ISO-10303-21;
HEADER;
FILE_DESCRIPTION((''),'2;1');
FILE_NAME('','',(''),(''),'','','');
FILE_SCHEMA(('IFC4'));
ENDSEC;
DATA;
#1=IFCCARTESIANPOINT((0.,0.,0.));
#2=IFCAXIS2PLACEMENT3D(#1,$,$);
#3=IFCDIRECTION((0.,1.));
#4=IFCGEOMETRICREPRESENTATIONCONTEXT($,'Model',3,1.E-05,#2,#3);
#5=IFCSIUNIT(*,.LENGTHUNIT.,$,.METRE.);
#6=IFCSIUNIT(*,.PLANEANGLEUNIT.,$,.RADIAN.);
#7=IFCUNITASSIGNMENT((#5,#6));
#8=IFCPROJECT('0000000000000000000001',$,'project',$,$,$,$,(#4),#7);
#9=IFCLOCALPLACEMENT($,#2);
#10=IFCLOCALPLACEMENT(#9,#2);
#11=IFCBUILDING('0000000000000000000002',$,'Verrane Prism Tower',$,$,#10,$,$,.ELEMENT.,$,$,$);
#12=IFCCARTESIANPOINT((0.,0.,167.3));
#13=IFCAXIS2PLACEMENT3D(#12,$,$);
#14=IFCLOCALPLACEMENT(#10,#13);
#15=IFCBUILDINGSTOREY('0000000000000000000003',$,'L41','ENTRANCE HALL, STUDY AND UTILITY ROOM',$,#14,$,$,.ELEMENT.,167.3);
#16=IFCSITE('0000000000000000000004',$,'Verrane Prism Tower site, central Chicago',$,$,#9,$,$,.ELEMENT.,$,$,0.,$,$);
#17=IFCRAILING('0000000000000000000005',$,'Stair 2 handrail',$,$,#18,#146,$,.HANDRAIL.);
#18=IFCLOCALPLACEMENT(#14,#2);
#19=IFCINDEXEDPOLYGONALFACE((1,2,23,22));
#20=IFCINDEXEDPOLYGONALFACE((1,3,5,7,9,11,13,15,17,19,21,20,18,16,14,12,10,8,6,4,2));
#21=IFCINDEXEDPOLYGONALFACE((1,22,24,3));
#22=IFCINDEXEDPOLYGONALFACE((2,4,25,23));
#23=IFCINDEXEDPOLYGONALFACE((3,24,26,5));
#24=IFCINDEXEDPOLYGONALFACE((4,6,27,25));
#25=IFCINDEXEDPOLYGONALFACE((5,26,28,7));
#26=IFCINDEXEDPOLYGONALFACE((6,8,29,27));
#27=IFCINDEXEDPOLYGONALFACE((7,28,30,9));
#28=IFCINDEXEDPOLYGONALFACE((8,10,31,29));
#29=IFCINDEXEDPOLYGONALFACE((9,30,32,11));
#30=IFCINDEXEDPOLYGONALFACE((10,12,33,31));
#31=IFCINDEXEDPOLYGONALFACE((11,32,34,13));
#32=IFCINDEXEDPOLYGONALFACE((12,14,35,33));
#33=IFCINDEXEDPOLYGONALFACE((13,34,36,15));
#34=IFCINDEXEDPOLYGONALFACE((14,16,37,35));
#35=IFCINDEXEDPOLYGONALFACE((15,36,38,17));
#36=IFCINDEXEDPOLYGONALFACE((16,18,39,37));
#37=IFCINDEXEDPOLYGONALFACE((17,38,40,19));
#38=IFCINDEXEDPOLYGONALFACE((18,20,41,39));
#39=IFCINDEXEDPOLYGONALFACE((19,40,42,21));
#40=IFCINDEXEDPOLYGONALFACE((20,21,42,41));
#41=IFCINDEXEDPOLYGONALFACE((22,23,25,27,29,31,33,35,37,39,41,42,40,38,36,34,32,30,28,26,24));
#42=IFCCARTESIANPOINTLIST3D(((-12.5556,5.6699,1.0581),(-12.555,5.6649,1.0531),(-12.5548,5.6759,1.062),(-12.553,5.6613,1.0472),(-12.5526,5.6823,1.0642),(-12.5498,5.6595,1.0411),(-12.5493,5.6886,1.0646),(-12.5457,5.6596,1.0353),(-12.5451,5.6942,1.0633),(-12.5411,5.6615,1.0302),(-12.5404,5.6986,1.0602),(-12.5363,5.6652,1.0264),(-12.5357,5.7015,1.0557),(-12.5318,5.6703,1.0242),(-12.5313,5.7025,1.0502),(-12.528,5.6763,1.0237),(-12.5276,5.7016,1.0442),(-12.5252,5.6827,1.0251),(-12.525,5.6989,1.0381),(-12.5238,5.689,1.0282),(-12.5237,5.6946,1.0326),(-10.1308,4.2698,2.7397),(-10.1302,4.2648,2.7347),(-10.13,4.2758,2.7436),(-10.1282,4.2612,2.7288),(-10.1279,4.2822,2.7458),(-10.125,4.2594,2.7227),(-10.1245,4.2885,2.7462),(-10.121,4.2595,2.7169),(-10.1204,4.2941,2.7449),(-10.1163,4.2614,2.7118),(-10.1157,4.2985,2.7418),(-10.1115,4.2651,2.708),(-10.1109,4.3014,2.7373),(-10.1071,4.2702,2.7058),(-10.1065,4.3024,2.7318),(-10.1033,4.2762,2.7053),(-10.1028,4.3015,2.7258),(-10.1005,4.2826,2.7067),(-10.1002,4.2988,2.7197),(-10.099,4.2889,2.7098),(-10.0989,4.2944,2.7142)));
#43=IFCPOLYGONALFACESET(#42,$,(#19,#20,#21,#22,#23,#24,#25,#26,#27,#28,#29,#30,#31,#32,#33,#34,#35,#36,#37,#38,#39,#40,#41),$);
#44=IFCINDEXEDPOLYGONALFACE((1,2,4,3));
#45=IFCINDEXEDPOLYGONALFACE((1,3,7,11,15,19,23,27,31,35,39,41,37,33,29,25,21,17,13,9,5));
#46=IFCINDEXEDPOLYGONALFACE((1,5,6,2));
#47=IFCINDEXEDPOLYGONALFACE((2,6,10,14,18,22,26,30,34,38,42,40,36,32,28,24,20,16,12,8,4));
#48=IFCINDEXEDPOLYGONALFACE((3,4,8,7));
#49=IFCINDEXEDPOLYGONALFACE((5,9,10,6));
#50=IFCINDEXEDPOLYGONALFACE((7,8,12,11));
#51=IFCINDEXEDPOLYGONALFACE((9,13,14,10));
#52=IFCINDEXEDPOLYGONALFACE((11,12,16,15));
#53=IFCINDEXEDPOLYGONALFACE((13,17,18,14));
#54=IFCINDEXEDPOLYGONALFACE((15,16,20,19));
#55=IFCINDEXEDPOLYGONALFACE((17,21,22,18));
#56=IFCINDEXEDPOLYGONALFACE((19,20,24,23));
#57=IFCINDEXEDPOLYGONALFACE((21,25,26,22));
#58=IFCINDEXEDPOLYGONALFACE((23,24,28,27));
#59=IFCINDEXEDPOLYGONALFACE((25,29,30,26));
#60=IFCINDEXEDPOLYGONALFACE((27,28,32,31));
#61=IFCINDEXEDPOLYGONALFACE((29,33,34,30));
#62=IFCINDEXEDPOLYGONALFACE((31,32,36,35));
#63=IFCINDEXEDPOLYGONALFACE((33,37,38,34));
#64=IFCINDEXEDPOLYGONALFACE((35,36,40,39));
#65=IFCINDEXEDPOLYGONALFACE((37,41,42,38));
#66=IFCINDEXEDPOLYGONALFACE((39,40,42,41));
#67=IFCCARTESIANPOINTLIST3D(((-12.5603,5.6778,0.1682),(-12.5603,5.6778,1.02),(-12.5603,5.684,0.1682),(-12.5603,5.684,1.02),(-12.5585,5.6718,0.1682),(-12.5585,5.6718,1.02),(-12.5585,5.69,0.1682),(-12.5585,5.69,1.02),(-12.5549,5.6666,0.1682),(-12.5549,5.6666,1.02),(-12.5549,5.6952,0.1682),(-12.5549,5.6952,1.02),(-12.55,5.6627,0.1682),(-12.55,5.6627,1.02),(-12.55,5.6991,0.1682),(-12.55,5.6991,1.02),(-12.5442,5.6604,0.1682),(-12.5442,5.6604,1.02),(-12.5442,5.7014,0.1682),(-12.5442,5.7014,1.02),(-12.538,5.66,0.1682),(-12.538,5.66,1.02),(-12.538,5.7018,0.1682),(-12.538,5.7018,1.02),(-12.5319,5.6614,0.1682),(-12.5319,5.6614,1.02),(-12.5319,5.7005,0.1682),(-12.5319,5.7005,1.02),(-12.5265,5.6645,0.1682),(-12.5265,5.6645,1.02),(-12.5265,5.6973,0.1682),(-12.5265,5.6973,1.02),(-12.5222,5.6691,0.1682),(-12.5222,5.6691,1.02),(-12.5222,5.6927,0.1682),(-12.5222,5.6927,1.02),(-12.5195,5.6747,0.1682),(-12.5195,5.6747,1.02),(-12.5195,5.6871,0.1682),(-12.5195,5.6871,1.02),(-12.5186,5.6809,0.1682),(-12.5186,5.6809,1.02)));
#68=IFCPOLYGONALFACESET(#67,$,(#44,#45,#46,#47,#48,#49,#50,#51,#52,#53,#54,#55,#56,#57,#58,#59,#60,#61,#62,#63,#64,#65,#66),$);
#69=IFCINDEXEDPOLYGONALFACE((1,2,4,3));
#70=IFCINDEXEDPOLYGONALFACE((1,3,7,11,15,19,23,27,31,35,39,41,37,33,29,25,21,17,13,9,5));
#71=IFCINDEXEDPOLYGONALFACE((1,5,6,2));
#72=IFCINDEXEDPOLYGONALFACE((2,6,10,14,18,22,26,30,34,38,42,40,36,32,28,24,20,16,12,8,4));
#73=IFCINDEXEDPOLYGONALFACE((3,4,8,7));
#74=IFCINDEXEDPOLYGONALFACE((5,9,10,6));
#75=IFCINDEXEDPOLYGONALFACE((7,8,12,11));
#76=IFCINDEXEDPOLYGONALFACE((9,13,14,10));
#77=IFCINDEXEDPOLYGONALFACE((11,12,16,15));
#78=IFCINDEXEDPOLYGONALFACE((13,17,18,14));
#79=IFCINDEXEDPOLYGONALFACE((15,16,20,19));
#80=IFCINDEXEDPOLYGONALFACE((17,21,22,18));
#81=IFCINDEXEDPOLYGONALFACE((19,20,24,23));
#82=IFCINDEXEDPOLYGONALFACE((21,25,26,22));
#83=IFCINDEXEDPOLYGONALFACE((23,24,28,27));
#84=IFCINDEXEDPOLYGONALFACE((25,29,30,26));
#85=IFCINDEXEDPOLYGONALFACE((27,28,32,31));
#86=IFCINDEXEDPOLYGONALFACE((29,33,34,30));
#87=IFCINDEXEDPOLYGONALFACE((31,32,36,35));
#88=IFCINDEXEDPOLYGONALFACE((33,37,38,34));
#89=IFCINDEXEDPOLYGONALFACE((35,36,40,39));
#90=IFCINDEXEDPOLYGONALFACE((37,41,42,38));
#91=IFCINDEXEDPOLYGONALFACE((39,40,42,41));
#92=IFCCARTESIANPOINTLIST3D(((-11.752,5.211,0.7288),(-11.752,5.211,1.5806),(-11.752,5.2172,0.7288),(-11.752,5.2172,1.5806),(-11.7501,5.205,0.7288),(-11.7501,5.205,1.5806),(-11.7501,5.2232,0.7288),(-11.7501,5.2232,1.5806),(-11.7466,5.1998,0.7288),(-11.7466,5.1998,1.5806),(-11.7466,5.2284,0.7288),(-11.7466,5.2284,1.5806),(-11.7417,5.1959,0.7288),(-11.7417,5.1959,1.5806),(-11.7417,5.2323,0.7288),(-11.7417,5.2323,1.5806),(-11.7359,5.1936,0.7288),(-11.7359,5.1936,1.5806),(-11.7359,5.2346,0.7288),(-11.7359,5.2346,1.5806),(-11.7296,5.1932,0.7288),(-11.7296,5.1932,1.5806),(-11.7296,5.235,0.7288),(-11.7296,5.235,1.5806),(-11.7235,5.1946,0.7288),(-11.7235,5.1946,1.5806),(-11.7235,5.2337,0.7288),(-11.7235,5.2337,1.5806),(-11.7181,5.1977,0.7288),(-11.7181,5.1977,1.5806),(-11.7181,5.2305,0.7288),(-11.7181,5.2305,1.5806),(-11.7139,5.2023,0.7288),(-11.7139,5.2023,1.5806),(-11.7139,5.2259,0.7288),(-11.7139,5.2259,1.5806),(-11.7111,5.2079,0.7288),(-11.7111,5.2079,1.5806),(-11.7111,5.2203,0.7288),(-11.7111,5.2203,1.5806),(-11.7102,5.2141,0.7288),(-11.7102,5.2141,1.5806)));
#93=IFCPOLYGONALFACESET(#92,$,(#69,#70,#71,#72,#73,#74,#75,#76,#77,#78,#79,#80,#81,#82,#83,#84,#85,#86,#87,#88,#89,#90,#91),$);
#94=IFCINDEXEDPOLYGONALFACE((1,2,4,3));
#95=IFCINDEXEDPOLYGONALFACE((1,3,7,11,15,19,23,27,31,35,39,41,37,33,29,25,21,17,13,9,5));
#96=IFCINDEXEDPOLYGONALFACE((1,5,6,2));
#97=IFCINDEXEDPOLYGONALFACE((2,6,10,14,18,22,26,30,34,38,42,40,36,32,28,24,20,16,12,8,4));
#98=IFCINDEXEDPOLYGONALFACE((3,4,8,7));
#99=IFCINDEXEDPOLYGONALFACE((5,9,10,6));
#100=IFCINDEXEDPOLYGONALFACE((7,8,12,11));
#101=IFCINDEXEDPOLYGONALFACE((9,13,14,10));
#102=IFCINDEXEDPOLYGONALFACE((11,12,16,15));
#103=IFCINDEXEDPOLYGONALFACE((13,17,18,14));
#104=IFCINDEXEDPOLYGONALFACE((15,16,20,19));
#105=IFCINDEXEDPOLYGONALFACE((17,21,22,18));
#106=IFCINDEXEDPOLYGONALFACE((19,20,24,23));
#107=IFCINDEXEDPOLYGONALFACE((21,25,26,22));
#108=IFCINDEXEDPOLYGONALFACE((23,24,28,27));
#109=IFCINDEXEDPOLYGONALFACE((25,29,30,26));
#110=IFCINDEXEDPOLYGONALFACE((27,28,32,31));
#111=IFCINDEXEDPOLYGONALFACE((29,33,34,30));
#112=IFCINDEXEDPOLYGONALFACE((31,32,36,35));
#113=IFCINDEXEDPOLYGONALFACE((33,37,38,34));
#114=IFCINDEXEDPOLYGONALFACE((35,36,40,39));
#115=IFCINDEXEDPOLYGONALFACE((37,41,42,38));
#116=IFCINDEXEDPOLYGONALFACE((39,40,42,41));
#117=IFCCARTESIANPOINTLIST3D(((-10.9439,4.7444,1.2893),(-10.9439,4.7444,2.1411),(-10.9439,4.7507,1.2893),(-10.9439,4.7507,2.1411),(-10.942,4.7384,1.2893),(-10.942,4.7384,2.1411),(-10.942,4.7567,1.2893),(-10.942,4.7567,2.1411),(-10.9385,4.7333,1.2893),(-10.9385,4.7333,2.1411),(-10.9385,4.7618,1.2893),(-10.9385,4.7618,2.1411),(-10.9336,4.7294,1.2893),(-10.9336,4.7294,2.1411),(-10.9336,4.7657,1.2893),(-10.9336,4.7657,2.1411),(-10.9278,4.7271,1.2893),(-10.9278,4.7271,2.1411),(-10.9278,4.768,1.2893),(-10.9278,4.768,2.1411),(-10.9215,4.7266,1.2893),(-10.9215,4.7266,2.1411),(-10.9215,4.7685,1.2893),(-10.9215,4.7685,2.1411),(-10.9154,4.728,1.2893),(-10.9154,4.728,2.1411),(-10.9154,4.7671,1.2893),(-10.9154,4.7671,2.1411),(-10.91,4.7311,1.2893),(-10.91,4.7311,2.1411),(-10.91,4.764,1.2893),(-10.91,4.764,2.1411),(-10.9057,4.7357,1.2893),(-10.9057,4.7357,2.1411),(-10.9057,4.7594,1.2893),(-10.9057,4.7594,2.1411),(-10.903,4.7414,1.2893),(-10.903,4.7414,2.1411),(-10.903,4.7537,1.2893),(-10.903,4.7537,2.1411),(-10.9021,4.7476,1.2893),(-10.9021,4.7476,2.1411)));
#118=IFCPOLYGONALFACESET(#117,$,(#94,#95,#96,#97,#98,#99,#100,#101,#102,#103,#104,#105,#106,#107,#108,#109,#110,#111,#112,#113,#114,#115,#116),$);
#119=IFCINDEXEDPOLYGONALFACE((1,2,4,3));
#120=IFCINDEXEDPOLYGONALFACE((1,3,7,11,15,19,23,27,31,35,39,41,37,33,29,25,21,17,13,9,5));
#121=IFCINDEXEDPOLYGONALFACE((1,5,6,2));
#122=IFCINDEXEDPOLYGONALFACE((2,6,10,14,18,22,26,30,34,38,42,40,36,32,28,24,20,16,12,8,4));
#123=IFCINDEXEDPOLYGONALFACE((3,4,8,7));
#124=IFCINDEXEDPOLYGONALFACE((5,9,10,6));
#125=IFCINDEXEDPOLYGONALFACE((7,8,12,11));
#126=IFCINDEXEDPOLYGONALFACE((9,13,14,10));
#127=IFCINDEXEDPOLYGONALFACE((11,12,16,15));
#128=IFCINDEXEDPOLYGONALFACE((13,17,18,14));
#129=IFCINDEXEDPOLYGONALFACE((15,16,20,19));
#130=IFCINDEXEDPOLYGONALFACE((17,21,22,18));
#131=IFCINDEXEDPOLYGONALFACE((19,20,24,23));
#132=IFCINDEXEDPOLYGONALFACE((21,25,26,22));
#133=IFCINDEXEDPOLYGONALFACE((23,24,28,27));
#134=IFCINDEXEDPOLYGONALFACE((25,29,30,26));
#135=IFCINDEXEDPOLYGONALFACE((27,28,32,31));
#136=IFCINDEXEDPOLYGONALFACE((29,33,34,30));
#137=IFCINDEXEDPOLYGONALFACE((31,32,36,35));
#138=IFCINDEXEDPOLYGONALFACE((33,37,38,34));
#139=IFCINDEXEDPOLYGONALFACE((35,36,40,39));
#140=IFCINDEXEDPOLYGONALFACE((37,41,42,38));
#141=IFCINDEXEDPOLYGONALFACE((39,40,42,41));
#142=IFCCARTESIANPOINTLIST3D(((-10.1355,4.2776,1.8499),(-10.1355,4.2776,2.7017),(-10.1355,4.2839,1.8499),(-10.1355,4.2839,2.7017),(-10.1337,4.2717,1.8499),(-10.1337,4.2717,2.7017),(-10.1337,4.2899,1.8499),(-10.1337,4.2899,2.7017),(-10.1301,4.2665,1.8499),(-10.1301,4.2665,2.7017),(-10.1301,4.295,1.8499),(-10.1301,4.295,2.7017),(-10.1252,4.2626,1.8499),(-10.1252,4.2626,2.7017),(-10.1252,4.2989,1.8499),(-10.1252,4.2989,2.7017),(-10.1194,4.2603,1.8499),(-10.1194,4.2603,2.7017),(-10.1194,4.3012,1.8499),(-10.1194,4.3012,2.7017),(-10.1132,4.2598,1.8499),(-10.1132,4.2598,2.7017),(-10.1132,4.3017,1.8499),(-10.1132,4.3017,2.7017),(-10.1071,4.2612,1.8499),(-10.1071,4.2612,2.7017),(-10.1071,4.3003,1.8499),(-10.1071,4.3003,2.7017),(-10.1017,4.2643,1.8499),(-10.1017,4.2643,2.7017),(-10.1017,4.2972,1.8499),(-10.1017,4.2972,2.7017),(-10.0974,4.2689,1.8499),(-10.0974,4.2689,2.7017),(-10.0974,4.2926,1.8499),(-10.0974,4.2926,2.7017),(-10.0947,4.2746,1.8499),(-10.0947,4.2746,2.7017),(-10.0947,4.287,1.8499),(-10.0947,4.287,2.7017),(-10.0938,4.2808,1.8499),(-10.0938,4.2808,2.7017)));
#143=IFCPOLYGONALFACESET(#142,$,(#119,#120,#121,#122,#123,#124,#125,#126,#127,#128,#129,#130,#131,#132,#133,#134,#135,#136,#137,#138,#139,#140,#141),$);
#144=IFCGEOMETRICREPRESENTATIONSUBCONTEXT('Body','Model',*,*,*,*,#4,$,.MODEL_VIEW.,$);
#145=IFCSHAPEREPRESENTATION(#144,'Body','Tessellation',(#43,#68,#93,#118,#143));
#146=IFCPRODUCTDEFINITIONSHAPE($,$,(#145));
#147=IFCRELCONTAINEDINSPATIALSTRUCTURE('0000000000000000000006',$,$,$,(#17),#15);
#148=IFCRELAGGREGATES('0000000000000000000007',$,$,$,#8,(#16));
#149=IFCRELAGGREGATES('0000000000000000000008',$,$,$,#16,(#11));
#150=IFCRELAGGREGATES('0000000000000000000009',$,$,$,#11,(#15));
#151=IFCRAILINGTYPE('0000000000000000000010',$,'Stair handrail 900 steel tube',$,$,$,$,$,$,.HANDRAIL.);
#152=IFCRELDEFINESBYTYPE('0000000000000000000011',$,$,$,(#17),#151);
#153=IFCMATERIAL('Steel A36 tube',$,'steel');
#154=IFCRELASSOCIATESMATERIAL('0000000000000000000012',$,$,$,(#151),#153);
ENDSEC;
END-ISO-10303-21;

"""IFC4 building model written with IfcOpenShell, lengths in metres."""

from ifc_helpers import new_model, si_unit, direction, frame, origin, origin_2d, place, context, subcontext, project, spatial, circle, extrude, material, type_object, element, save


model = new_model("IFC4")

# Units and contexts
model_context = context("Model", 3, precision=1e-05, world=origin(), true_north=direction((0.0, 1.0)))
body_context = subcontext(model_context, "Body", "Model", "MODEL_VIEW")
ifc_project = project(units=[si_unit("LENGTHUNIT", "METRE"), si_unit("PLANEANGLEUNIT", "RADIAN")], contexts=[model_context])

# Site, building, storey
site_placement = place(None, origin())
site = spatial("IfcSite", under=ifc_project, at=site_placement, Name="Verrane Prism Tower site, central Chicago", CompositionType="ELEMENT", RefElevation=0.0)
building_placement = place(site_placement, origin())
building = spatial("IfcBuilding", under=site, at=building_placement, Name="Verrane Prism Tower", CompositionType="ELEMENT")
storey_placement = place(building_placement, frame((0.0, 0.0, 167.3)))
storey = spatial("IfcBuildingStorey", under=building, at=storey_placement, Name="L41", Description="ENTRANCE HALL, STUDY AND UTILITY ROOM", CompositionType="ELEMENT", Elevation=167.3)

# Railing
ifc_material_1 = material(Name="Steel A36 tube", Category="steel")
railing_type_1 = type_object("IfcRailingType", Name="Stair handrail 900 steel tube", PredefinedType="HANDRAIL", material=ifc_material_1)
railing_1_placement = place(storey_placement, frame((-12.5396, 5.6809, 0.1682)))
element("IfcRailing", 1, at=railing_1_placement, inside=storey, type_object=railing_type_1, Name="Stair 2 handrail", PredefinedType="HANDRAIL", context=body_context, shape_type="SweptSolid", body=[
    extrude(circle(Radius=0.0239, at=origin_2d()), frame((0.0, 0.0, 0.876), z_axis=(0.742395, -0.428679, 0.514863), x_axis=(0.50005, 0.865997, 0.0)), (0.0, 0.0, 1.0), 3.2661),
    extrude(circle(Radius=0.021, at=origin_2d()), origin(), (0.0, 0.0, 1.0), 0.8518),
    extrude(circle(Radius=0.021, at=origin_2d()), frame((0.8083, -0.4668, 0.5605)), (0.0, 0.0, 1.0), 0.8518),
    extrude(circle(Radius=0.021, at=origin_2d()), frame((1.6165, -0.9333, 1.1211)), (0.0, 0.0, 1.0), 0.8518),
    extrude(circle(Radius=0.021, at=origin_2d()), frame((2.4248, -1.4001, 1.6816)), (0.0, 0.0, 1.0), 0.8518),
])

save(model, "model.ifc")
